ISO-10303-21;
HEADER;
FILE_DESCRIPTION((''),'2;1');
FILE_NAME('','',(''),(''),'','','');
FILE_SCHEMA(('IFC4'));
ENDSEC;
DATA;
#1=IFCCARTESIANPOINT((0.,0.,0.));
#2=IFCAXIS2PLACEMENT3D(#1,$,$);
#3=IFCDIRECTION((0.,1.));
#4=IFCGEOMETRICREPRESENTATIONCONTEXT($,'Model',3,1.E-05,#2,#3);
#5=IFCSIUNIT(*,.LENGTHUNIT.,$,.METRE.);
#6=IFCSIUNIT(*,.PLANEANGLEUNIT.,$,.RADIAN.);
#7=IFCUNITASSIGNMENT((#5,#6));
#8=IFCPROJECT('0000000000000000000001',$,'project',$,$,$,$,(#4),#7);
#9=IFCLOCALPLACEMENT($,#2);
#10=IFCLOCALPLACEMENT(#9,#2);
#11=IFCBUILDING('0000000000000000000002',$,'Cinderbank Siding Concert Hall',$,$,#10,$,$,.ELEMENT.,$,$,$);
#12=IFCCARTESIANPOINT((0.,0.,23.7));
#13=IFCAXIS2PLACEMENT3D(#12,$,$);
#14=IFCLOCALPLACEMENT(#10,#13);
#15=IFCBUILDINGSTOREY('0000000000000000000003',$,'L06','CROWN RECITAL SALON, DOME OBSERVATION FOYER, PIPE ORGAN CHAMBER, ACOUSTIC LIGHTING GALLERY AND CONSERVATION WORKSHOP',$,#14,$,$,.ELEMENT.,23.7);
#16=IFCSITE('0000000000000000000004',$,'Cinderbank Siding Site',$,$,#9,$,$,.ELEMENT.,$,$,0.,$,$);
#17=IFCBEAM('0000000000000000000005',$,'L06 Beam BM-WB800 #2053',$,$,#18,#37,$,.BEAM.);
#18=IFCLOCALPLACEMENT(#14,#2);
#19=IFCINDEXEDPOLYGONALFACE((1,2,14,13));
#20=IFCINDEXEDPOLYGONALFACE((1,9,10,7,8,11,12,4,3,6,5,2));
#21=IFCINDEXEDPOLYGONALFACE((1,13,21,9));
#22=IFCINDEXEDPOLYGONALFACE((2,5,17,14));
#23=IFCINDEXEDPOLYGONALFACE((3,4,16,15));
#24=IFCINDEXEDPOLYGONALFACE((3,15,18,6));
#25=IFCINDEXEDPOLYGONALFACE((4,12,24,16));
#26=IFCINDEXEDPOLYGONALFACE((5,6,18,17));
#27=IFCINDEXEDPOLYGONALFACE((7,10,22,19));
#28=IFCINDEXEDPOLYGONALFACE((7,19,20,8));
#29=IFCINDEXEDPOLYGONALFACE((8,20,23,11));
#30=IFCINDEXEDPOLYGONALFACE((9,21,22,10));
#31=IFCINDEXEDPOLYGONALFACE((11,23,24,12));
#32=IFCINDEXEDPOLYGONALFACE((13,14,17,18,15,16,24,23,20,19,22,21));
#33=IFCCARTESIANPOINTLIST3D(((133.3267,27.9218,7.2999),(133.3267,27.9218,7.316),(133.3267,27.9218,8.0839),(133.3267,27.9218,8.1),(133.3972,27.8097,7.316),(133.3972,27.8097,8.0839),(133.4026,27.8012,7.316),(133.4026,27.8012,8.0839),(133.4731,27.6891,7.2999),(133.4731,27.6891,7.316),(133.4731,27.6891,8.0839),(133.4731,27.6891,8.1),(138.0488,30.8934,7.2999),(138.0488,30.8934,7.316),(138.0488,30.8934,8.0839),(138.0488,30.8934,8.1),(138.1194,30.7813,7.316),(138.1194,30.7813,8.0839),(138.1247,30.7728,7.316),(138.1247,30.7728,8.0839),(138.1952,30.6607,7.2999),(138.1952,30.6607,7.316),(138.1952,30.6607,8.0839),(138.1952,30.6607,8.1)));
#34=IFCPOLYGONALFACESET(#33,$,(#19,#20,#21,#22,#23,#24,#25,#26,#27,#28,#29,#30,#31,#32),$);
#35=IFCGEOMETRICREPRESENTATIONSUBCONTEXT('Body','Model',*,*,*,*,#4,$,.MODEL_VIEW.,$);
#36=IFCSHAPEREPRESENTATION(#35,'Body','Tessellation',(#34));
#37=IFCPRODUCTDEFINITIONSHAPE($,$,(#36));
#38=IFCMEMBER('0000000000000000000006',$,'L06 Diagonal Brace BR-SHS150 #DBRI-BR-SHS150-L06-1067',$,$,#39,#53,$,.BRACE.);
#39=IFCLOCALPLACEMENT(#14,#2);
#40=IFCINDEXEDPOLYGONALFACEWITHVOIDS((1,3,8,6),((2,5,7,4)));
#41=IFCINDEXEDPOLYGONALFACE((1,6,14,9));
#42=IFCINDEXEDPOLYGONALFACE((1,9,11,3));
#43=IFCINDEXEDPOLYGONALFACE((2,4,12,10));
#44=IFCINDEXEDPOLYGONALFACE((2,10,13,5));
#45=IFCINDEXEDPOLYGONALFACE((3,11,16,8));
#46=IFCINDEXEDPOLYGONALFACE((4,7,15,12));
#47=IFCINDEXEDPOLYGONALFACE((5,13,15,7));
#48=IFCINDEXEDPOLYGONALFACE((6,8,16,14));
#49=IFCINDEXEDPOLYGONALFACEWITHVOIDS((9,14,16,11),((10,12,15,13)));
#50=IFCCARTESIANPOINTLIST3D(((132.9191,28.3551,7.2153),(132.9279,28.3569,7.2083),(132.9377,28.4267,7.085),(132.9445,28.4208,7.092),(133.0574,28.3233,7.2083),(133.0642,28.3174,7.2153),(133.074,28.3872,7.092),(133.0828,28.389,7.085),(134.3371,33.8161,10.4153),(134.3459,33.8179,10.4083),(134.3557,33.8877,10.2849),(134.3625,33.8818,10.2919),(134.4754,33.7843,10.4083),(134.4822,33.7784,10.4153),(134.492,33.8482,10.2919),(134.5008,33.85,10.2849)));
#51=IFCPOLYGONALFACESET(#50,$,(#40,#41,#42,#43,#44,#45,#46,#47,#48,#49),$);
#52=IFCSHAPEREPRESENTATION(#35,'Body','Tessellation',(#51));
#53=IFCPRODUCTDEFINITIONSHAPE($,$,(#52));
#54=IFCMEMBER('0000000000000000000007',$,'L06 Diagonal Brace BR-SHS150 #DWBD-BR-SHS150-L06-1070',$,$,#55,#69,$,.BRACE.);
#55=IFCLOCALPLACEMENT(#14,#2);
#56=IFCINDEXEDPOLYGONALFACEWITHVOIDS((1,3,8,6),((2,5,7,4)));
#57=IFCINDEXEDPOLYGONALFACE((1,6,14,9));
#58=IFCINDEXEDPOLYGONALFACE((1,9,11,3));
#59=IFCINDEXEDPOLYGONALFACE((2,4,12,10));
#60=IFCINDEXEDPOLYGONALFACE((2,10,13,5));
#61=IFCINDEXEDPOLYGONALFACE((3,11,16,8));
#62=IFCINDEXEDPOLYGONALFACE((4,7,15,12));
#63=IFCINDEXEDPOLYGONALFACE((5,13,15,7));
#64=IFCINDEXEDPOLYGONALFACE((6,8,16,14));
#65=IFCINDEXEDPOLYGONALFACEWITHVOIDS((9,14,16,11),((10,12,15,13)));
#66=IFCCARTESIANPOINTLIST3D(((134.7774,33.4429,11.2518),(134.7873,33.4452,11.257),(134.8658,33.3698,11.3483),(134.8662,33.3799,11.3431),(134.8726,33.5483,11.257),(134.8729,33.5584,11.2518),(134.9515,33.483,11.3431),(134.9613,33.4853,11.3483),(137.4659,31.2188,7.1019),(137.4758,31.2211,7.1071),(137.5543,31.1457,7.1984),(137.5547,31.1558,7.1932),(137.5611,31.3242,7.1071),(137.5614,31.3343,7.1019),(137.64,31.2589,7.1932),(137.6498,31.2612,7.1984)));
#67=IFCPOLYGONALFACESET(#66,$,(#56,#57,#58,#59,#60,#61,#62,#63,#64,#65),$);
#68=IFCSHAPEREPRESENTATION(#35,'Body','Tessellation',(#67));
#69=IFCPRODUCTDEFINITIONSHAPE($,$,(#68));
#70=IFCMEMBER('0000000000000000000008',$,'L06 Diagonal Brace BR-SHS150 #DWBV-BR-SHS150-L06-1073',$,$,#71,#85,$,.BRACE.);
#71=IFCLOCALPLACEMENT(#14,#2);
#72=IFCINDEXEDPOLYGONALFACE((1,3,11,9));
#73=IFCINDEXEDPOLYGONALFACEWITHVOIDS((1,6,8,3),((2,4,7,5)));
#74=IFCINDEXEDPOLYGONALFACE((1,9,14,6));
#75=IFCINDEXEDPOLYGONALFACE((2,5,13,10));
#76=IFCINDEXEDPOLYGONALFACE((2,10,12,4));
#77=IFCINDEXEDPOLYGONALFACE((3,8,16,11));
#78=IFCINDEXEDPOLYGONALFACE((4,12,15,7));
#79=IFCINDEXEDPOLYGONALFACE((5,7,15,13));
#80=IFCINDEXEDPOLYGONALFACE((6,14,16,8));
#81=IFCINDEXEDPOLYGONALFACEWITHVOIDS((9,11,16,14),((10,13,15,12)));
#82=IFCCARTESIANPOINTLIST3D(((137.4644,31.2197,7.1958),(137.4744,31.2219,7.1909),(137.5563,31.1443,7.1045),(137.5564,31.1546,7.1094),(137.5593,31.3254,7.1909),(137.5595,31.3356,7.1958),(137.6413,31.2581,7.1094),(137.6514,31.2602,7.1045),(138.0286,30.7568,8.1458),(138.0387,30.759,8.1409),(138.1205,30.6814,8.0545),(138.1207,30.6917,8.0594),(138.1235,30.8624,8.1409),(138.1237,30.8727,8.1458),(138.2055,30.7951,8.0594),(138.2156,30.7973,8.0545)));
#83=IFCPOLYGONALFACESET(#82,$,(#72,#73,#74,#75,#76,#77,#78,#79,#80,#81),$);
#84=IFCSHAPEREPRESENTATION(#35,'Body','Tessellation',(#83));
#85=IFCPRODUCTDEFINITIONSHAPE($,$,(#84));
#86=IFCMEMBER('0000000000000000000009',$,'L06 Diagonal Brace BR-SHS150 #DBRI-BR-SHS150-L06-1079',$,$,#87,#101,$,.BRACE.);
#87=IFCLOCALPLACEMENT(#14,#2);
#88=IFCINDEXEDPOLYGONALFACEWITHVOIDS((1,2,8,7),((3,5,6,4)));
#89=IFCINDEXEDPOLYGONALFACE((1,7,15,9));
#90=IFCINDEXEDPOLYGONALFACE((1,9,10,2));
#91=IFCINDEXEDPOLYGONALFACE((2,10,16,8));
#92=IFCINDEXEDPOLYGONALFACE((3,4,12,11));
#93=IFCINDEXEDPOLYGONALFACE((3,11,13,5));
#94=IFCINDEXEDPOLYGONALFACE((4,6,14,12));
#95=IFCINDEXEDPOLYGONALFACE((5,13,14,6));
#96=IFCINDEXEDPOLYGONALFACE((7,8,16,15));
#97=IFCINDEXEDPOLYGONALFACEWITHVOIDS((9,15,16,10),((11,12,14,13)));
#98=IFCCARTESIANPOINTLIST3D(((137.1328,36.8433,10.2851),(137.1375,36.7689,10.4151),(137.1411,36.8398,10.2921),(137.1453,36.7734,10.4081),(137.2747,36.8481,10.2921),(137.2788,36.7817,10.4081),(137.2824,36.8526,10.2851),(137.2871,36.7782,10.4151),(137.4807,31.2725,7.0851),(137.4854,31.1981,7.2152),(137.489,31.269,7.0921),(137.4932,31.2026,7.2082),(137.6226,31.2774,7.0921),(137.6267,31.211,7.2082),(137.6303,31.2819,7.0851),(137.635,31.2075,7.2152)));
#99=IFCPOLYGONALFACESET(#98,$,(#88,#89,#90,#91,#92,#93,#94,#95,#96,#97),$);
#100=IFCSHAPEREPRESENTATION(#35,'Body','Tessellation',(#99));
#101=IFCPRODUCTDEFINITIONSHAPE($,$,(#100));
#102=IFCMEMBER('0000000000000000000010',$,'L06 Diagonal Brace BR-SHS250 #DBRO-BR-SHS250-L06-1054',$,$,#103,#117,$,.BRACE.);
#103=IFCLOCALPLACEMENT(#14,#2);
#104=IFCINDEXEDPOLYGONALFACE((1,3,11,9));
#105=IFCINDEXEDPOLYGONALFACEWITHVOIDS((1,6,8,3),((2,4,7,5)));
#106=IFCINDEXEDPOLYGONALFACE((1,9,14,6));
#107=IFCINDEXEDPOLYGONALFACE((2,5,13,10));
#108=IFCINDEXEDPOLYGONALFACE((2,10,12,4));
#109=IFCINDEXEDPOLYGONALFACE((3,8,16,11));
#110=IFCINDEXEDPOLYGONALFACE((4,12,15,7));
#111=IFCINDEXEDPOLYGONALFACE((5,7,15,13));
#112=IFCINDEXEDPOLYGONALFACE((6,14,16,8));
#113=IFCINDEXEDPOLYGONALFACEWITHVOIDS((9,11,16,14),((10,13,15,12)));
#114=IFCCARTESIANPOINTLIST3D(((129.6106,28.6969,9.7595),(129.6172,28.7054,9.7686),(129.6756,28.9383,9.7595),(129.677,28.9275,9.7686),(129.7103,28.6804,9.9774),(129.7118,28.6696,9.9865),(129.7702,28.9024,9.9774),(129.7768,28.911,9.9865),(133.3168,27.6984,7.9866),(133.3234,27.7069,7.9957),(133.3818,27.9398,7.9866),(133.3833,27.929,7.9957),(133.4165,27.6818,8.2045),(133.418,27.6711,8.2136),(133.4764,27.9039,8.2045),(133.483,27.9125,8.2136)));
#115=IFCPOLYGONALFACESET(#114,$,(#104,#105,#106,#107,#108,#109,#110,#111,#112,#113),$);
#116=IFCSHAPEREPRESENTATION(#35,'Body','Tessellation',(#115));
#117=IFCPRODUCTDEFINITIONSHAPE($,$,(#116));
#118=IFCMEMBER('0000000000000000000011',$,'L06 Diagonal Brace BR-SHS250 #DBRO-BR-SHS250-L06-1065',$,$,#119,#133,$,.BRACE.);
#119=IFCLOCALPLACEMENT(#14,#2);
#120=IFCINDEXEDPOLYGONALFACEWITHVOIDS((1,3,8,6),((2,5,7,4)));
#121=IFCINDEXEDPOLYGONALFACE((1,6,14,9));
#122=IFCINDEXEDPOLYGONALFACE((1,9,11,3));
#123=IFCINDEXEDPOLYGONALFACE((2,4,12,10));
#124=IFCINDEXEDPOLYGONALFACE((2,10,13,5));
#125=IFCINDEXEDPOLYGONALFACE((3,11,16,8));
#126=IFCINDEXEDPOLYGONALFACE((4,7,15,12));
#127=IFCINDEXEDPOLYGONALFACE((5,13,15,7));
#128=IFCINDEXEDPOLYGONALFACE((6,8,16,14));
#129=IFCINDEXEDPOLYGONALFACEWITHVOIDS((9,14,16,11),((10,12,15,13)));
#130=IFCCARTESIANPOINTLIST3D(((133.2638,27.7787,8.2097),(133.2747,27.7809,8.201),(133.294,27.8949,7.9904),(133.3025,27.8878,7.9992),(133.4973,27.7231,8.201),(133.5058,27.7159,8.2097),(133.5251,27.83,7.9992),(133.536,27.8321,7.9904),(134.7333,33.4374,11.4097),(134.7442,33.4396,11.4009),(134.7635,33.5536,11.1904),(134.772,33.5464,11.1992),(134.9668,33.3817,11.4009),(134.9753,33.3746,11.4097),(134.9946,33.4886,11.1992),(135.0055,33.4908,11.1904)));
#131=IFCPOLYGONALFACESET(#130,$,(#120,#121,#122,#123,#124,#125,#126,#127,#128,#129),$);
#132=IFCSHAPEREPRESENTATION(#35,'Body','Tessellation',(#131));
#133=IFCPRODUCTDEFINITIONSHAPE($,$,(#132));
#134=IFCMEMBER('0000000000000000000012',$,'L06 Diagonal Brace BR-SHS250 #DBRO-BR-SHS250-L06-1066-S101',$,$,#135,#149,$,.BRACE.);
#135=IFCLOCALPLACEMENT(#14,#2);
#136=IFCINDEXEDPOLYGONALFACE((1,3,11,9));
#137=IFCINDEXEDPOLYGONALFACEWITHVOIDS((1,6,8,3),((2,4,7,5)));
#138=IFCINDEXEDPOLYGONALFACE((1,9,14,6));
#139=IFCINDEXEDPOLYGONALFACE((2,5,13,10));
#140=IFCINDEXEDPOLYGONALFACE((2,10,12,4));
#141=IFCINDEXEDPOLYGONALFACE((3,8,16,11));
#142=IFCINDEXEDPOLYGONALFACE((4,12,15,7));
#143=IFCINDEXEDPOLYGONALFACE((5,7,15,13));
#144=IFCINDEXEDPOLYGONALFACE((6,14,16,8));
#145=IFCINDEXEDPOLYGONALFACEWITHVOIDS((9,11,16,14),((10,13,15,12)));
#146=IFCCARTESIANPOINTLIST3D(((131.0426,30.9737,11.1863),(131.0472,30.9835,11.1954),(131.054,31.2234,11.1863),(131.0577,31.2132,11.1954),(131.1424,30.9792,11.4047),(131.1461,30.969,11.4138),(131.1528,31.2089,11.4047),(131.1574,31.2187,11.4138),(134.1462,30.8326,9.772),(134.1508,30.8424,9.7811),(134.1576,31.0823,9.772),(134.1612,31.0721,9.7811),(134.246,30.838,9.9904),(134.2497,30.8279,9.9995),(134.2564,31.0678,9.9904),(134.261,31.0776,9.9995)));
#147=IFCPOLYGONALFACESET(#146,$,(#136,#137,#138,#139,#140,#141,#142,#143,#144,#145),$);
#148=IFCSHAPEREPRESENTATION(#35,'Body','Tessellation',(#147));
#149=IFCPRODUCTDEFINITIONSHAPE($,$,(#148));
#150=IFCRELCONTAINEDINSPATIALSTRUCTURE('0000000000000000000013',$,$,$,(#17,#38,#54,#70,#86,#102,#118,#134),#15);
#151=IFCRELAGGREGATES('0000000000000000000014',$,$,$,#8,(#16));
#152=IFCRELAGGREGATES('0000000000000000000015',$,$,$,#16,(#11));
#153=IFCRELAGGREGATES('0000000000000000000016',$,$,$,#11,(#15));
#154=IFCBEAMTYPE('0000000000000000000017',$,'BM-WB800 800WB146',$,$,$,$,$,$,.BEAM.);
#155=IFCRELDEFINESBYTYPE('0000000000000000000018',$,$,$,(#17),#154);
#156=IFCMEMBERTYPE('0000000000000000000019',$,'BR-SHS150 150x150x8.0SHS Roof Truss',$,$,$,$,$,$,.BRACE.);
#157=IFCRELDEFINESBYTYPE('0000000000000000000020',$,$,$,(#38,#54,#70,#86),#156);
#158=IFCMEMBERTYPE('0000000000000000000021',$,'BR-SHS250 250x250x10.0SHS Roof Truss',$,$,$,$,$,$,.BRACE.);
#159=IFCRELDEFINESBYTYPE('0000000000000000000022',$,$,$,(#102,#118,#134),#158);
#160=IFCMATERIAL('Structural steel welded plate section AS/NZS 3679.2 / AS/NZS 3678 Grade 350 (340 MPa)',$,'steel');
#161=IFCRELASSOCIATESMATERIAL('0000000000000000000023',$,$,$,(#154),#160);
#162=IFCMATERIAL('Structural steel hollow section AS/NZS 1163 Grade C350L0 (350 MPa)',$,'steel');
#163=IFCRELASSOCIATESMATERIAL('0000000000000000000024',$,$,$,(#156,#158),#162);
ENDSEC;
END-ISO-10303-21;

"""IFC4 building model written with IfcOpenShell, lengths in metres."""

from ifc_helpers import new_model, si_unit, direction, frame, origin, origin_2d, place, context, subcontext, project, spatial, hollow_rectangle, i_section, extrude, material, material_profile, profile_set, type_object, element, save


model = new_model("IFC4")

# Units and contexts
model_context = context("Model", 3, precision=1e-05, world=origin(), true_north=direction((0.0, 1.0)))
body_context = subcontext(model_context, "Body", "Model", "MODEL_VIEW")
ifc_project = project(units=[si_unit("LENGTHUNIT", "METRE"), si_unit("PLANEANGLEUNIT", "RADIAN")], contexts=[model_context])

# Site, building, storey
site_placement = place(None, origin())
site = spatial("IfcSite", under=ifc_project, at=site_placement, Name="Cinderbank Siding Site", CompositionType="ELEMENT", RefElevation=0.0)
building_placement = place(site_placement, origin())
building = spatial("IfcBuilding", under=site, at=building_placement, Name="Cinderbank Siding Concert Hall", CompositionType="ELEMENT")
storey_placement = place(building_placement, frame((0.0, 0.0, 23.7)))
storey = spatial("IfcBuildingStorey", under=building, at=storey_placement, Name="L06", Description="CROWN RECITAL SALON, DOME OBSERVATION FOYER, PIPE ORGAN CHAMBER, ACOUSTIC LIGHTING GALLERY AND CONSERVATION WORKSHOP", CompositionType="ELEMENT", Elevation=23.7)

# Beam
ifc_material_1 = material(Name="Structural steel welded plate section AS/NZS 3679.2 / AS/NZS 3678 Grade 350 (340 MPa)", Category="steel")
ifc_material_profile_1 = material_profile(ifc_material_1, i_section(OverallWidth=0.2749, OverallDepth=0.8, WebThickness=0.01, FlangeThickness=0.0161, at=origin_2d()), Name="800WB146", Category="LoadBearing")
ifc_profile_set_1 = profile_set([ifc_material_profile_1], Name="Structural steel welded plate section AS/NZS 3679.2 / AS/NZS 3678 Grade 350 (340 MPa)")
beam_type = type_object("IfcBeamType", Name="BM-WB800 800WB146", PredefinedType="BEAM", material=ifc_profile_set_1)
beam_placement = place(storey_placement, frame((133.3999, 27.8054, 7.7), z_axis=(0.846357, 0.532616, 0.0), x_axis=(-0.532616, 0.846357, 0.0)))
element("IfcBeam", 1, at=beam_placement, inside=storey, type_object=beam_type, Name="L06 Beam BM-WB800 #2053", PredefinedType="BEAM", context=body_context, shape_type="SweptSolid", body=[
    extrude(i_section(OverallWidth=0.2749, OverallDepth=0.8, WebThickness=0.01, FlangeThickness=0.0161, at=origin_2d()), origin(), (0.0, 0.0, 1.0), 5.5793),
])

# Members
ifc_material_2 = material(Name="Structural steel hollow section AS/NZS 1163 Grade C350L0 (350 MPa)", Category="steel")
ifc_material_profile_2 = material_profile(ifc_material_2, hollow_rectangle(XDim=0.1499, YDim=0.1499, WallThickness=0.0081, at=origin_2d()), Name="150x150x8.0SHS", Category="LoadBearing")
ifc_profile_set_2 = profile_set([ifc_material_profile_2], Name="Structural steel hollow section AS/NZS 1163 Grade C350L0 (350 MPa)")
member_type_1 = type_object("IfcMemberType", Name="BR-SHS150 150x150x8.0SHS Roof Truss", PredefinedType="BRACE", material=ifc_profile_set_2)
member_1_placement = place(storey_placement, frame((133.001, 28.3721, 7.1501), z_axis=(0.21861, 0.841918, 0.49334), x_axis=(-0.967903, 0.251323, 0.0)))
element("IfcMember", 2, at=member_1_placement, inside=storey, type_object=member_type_1, Name="L06 Diagonal Brace BR-SHS150 #DBRI-BR-SHS150-L06-1067", PredefinedType="BRACE", context=body_context, shape_type="SweptSolid", body=[
    extrude(hollow_rectangle(XDim=0.1499, YDim=0.1499, WallThickness=0.0081, at=origin_2d()), origin(), (0.0, 0.0, 1.0), 6.4863),
])
member_2_placement = place(storey_placement, frame((137.5579, 31.24, 7.1501), z_axis=(-0.495861, 0.410215, 0.765405), x_axis=(-0.637427, -0.77051, 0.0)))
element("IfcMember", 3, at=member_2_placement, inside=storey, type_object=member_type_1, Name="L06 Diagonal Brace BR-SHS150 #DWBD-BR-SHS150-L06-1070", PredefinedType="BRACE", context=body_context, shape_type="SweptSolid", body=[
    extrude(hollow_rectangle(XDim=0.1499, YDim=0.1499, WallThickness=0.0081, at=origin_2d()), origin(), (0.0, 0.0, 1.0), 5.4219),
])
member_3_placement = place(storey_placement, frame((137.5579, 31.24, 7.1501), z_axis=(0.470991, -0.386413, 0.793002), x_axis=(0.634276, 0.773107, 0.0)))
element("IfcMember", 4, at=member_3_placement, inside=storey, type_object=member_type_1, Name="L06 Diagonal Brace BR-SHS150 #DWBV-BR-SHS150-L06-1073", PredefinedType="BRACE", context=body_context, shape_type="SweptSolid", body=[
    extrude(hollow_rectangle(XDim=0.1499, YDim=0.1499, WallThickness=0.0081, at=origin_2d()), origin(), (0.0, 0.0, 1.0), 1.198),
])
member_4_placement = place(storey_placement, frame((137.5579, 31.24, 7.1501), z_axis=(-0.054073, 0.865857, 0.497361), x_axis=(-0.998056, -0.062329, 0.0)))
element("IfcMember", 5, at=member_4_placement, inside=storey, type_object=member_type_1, Name="L06 Diagonal Brace BR-SHS150 #DBRI-BR-SHS150-L06-1079", PredefinedType="BRACE", context=body_context, shape_type="SweptSolid", body=[
    extrude(hollow_rectangle(XDim=0.1499, YDim=0.1499, WallThickness=0.0081, at=origin_2d()), origin(), (0.0, 0.0, 1.0), 6.4338),
])
ifc_material_profile_3 = material_profile(ifc_material_2, hollow_rectangle(XDim=0.25, YDim=0.25, WallThickness=0.01, at=origin_2d()), Name="250x250x10.0SHS", Category="LoadBearing")
ifc_profile_set_3 = profile_set([ifc_material_profile_3], Name="Structural steel hollow section AS/NZS 1163 Grade C350L0 (350 MPa)")
member_type_2 = type_object("IfcMemberType", Name="BR-SHS250 250x250x10.0SHS Roof Truss", PredefinedType="BRACE", material=ifc_profile_set_3)
member_5_placement = place(storey_placement, frame((133.3999, 27.8054, 8.1001), z_axis=(-0.876581, 0.236165, 0.419322), x_axis=(-0.26014, -0.965571, 0.0)))
element("IfcMember", 6, at=member_5_placement, inside=storey, type_object=member_type_2, Name="L06 Diagonal Brace BR-SHS250 #DBRO-BR-SHS250-L06-1054", PredefinedType="BRACE", context=body_context, shape_type="SweptSolid", body=[
    extrude(hollow_rectangle(XDim=0.25, YDim=0.25, WallThickness=0.01, at=origin_2d()), origin(), (0.0, 0.0, 1.0), 4.228),
])
member_6_placement = place(storey_placement, frame((133.3999, 27.8054, 8.1001), z_axis=(0.220483, 0.849039, 0.480126), x_axis=(-0.967897, 0.251349, 0.0)))
element("IfcMember", 7, at=member_6_placement, inside=storey, type_object=member_type_2, Name="L06 Diagonal Brace BR-SHS250 #DBRO-BR-SHS250-L06-1065", PredefinedType="BRACE", context=body_context, shape_type="SweptSolid", body=[
    extrude(hollow_rectangle(XDim=0.25, YDim=0.25, WallThickness=0.01, at=origin_2d()), origin(), (0.0, 0.0, 1.0), 6.6648),
])
member_7_placement = place(storey_placement, frame((134.2036, 30.9551, 9.8857), z_axis=(-0.909189, 0.04134, 0.414327), x_axis=(-0.045422, -0.998968, 0.0)))
element("IfcMember", 8, at=member_7_placement, inside=storey, type_object=member_type_2, Name="L06 Diagonal Brace BR-SHS250 #DBRO-BR-SHS250-L06-1066-S101", PredefinedType="BRACE", context=body_context, shape_type="SweptSolid", body=[
    extrude(hollow_rectangle(XDim=0.25, YDim=0.25, WallThickness=0.01, at=origin_2d()), origin(), (0.0, 0.0, 1.0), 3.4136),
])

save(model, "model.ifc")
